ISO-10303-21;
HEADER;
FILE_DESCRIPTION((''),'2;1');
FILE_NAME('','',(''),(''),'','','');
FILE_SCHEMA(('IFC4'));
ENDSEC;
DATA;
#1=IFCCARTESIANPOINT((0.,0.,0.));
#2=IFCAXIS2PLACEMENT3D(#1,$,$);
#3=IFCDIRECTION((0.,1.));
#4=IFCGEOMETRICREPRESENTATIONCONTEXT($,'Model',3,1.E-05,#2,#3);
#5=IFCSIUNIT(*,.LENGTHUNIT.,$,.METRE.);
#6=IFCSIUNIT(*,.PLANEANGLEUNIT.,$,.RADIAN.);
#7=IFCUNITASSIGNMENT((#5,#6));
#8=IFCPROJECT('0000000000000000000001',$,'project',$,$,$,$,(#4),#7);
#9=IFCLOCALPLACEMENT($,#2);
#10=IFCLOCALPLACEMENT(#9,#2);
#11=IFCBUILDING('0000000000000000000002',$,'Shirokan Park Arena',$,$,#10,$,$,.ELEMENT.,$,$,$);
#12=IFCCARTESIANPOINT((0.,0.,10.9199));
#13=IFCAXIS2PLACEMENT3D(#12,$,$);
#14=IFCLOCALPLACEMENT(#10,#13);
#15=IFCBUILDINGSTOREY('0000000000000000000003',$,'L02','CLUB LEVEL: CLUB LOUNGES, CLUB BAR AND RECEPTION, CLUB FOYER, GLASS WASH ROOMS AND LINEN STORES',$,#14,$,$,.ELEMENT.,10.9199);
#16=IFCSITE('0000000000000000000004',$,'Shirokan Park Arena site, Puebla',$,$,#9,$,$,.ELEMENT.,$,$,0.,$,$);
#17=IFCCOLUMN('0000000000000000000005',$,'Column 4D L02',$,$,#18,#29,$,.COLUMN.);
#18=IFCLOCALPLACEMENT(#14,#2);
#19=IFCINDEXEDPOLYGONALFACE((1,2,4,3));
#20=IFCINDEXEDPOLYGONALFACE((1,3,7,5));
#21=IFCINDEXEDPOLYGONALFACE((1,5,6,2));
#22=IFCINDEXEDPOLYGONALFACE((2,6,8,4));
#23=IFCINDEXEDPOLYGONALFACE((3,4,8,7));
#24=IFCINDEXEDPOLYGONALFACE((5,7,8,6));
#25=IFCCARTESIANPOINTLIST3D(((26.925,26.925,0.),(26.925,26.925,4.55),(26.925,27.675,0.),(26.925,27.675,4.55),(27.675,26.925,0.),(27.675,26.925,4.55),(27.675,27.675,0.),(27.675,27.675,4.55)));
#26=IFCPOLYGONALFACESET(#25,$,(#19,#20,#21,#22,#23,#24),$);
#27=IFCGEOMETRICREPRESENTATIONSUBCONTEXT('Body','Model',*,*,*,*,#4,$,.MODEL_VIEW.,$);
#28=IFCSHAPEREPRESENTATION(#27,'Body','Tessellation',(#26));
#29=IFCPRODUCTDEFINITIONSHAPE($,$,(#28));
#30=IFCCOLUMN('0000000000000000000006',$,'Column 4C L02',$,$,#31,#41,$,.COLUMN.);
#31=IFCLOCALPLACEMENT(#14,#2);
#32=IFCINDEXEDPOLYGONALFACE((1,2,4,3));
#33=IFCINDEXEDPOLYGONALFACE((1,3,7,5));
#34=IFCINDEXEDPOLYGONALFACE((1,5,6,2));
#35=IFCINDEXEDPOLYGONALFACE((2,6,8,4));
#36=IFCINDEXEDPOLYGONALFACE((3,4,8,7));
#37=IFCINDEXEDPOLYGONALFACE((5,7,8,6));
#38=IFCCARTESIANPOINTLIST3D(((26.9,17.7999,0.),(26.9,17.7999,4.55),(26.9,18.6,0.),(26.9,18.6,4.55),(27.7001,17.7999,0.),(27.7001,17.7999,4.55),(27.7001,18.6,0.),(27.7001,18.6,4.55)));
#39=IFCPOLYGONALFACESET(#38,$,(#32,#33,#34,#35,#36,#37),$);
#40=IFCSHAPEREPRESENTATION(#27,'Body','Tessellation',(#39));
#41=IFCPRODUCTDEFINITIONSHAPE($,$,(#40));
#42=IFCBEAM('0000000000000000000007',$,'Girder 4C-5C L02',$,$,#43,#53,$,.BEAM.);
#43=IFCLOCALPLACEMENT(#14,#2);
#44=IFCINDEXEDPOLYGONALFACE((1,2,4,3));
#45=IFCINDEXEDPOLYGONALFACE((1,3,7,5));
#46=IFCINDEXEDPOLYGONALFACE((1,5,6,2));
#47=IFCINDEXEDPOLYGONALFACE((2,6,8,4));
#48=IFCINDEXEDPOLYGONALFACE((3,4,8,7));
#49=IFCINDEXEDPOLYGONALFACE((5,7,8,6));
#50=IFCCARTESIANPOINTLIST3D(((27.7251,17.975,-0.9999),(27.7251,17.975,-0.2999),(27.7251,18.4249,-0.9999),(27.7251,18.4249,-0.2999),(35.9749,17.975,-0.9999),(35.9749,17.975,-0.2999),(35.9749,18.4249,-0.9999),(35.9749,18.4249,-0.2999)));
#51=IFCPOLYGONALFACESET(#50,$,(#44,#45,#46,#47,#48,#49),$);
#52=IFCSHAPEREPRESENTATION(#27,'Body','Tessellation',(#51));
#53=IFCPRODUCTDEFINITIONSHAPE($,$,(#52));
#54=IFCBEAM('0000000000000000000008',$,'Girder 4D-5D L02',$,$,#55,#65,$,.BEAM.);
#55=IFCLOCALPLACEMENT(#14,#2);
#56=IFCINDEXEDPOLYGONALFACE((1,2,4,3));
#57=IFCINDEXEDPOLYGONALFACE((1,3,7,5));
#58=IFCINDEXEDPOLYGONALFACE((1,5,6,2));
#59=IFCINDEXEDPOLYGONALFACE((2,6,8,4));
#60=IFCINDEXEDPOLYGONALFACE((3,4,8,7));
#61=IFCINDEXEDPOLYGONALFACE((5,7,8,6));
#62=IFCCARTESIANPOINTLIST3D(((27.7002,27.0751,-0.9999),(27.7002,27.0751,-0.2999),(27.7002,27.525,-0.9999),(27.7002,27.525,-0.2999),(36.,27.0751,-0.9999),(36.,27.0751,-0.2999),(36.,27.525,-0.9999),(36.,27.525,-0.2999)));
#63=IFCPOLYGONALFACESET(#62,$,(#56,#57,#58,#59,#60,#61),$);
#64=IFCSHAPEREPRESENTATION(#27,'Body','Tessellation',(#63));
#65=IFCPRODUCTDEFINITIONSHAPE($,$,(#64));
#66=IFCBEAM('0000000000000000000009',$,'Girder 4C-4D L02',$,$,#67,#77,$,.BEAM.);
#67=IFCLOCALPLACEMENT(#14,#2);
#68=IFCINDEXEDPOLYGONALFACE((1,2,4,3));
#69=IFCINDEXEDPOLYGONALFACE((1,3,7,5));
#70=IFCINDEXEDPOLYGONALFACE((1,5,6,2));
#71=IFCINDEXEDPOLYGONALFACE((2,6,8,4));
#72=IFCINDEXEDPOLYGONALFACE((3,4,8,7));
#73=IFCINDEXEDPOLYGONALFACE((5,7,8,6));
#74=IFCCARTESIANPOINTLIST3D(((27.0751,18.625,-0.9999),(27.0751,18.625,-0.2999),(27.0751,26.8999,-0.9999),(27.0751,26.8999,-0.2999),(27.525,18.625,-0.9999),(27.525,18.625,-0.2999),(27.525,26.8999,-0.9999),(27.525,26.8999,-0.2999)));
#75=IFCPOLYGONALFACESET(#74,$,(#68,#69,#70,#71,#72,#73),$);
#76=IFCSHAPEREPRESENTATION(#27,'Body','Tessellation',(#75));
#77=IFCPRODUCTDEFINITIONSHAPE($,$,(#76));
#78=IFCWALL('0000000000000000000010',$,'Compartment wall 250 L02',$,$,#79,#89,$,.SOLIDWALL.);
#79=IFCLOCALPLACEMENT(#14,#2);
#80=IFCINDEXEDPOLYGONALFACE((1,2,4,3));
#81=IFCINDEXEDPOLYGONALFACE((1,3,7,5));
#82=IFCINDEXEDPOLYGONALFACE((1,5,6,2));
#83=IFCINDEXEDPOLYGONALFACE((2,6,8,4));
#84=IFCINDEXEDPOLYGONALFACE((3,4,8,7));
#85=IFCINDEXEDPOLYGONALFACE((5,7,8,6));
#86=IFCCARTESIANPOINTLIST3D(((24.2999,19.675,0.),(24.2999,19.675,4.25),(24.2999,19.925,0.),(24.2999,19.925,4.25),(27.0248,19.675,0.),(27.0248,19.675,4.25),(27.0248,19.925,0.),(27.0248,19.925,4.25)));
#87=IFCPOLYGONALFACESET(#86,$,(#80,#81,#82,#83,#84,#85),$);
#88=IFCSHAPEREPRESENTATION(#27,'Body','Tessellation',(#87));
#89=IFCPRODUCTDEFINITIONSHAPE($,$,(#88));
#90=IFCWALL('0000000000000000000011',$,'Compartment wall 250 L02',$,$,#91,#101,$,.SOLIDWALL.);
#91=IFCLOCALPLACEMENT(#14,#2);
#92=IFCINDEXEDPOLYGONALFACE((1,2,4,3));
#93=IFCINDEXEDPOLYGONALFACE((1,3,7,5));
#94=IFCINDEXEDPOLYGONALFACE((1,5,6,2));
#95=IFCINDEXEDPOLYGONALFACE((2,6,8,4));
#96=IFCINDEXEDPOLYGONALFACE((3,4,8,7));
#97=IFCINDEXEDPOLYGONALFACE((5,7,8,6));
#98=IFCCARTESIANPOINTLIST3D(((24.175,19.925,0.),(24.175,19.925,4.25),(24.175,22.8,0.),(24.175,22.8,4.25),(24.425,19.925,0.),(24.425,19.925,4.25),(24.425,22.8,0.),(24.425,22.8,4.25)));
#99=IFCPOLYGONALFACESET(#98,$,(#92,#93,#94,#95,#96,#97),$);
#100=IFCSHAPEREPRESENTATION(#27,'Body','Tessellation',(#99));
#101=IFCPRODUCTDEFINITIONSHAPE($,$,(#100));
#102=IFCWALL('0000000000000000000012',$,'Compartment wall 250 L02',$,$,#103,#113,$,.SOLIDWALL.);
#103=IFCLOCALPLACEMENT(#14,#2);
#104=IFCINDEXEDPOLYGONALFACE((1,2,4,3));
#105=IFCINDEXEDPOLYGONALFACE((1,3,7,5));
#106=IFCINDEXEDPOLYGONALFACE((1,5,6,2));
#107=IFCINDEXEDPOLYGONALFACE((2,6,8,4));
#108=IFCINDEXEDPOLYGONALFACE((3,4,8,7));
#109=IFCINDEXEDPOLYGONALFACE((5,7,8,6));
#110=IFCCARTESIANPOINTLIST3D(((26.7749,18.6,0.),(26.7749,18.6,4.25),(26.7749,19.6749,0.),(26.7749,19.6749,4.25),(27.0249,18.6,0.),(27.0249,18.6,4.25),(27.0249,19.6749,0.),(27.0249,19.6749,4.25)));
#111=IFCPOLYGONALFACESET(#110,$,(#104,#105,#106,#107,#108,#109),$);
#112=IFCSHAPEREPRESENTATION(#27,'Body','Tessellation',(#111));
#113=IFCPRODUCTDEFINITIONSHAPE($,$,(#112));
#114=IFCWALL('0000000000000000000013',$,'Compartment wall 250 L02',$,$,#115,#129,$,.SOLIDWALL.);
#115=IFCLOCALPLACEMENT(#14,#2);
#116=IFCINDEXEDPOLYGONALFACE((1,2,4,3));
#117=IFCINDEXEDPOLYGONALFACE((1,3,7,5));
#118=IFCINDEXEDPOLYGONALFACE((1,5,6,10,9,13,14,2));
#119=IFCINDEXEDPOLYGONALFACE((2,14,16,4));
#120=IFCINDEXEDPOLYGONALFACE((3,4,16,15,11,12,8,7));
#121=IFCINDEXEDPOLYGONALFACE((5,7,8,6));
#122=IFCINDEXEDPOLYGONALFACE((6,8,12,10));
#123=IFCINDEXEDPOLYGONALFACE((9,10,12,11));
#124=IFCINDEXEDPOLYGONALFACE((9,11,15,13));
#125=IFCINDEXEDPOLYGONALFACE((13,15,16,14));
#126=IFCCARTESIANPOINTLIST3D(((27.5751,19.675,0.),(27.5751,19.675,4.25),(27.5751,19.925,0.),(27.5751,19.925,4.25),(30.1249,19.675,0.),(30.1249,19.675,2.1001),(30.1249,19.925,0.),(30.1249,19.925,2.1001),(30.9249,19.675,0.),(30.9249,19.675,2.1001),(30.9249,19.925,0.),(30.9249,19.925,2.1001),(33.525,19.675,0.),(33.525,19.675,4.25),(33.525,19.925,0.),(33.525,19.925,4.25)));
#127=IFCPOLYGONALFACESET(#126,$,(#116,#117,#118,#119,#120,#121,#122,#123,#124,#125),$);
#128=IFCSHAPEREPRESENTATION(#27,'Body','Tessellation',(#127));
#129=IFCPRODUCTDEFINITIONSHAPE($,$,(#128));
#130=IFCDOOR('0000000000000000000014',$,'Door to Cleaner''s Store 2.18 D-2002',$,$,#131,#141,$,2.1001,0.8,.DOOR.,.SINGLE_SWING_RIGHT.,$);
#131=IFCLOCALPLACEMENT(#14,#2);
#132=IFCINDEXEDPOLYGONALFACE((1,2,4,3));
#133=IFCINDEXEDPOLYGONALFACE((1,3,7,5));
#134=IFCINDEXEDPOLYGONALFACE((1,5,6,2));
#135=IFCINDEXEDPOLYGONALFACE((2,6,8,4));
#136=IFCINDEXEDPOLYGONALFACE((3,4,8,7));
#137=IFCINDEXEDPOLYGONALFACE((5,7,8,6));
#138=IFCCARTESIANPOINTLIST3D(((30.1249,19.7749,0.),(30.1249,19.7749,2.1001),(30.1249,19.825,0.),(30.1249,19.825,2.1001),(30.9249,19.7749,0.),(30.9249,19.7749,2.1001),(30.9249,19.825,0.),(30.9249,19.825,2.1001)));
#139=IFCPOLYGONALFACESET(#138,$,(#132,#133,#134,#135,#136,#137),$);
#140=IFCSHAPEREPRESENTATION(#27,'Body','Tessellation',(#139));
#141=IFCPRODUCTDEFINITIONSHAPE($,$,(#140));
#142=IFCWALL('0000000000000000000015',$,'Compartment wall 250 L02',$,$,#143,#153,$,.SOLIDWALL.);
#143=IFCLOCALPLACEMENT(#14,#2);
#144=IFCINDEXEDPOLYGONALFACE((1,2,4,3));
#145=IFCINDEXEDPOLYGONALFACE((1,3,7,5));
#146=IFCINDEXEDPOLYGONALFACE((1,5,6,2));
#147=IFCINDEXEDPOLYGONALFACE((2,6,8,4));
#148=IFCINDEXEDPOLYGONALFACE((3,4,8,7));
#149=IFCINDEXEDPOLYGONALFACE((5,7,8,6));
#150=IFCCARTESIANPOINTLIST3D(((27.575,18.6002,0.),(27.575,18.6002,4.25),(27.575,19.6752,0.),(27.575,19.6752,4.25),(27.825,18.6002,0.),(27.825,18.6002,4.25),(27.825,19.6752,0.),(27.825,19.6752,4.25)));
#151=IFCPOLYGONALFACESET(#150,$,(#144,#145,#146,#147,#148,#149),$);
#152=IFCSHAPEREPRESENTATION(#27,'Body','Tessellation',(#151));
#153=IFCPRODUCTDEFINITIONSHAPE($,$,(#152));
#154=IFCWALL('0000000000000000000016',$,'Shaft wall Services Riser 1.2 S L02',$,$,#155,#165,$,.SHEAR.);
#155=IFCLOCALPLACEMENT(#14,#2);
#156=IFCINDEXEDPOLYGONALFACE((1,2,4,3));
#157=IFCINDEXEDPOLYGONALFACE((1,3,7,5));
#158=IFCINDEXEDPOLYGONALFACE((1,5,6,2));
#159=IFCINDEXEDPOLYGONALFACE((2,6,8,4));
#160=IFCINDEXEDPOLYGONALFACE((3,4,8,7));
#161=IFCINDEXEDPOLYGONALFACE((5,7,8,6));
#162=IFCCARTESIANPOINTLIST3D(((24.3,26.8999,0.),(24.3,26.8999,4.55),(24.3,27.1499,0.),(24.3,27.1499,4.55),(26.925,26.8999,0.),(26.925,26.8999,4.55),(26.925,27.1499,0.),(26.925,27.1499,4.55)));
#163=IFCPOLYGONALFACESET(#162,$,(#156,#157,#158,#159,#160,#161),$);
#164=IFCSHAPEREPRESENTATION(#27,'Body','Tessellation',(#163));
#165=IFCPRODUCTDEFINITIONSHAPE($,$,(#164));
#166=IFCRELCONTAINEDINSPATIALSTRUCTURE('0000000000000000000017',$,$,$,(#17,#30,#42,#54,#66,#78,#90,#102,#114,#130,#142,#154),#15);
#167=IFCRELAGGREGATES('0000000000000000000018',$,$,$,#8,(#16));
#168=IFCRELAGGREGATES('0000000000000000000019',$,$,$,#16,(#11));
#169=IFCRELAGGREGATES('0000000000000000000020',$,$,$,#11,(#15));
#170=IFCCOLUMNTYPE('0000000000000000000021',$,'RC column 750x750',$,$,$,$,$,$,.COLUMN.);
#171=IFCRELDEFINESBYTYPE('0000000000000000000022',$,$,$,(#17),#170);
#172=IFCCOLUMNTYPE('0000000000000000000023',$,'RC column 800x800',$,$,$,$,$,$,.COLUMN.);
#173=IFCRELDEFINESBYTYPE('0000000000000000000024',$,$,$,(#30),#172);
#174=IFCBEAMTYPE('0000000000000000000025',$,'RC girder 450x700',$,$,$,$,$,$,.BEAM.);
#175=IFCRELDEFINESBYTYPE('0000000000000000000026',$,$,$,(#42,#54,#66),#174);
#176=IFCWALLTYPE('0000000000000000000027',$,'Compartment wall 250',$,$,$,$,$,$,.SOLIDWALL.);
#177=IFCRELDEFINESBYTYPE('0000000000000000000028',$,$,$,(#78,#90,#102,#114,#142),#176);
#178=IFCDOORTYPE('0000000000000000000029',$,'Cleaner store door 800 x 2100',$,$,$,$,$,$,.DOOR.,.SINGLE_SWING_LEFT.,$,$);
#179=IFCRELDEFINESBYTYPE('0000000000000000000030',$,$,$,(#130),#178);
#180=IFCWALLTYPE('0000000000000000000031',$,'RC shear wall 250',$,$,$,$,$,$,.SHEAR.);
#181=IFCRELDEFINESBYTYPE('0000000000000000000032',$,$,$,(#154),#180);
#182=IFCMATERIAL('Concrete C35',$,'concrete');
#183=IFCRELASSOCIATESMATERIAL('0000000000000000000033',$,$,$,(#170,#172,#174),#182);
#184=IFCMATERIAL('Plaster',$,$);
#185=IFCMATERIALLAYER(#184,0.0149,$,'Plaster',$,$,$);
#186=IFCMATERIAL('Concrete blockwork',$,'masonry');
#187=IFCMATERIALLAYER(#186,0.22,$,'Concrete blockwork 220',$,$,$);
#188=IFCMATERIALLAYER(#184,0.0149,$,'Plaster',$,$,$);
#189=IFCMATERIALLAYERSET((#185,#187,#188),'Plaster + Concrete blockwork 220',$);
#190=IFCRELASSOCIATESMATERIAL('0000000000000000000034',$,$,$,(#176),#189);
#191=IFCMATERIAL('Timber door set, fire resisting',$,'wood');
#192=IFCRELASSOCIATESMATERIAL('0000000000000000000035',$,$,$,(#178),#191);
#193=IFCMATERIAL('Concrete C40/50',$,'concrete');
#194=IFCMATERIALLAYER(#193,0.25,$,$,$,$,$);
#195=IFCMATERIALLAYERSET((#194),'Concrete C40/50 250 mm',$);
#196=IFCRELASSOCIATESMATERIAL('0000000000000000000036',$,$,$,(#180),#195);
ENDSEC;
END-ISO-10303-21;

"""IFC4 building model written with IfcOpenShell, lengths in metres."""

from ifc_helpers import new_model, si_unit, direction, frame, frame_2d, origin, origin_2d, place, context, subcontext, project, spatial, rectangle, extrude, material, layer, layer_set, material_profile, profile_set, type_object, element, fill, save


model = new_model("IFC4")

# Units and contexts
model_context = context("Model", 3, precision=1e-05, world=origin(), true_north=direction((0.0, 1.0)))
body_context = subcontext(model_context, "Body", "Model", "MODEL_VIEW")
ifc_project = project(units=[si_unit("LENGTHUNIT", "METRE"), si_unit("PLANEANGLEUNIT", "RADIAN")], contexts=[model_context])

# Site, building, storey
site_placement = place(None, origin())
site = spatial("IfcSite", under=ifc_project, at=site_placement, Name="Shirokan Park Arena site, Puebla", CompositionType="ELEMENT", RefElevation=0.0)
building_placement = place(site_placement, origin())
building = spatial("IfcBuilding", under=site, at=building_placement, Name="Shirokan Park Arena", CompositionType="ELEMENT")
storey_placement = place(building_placement, frame((0.0, 0.0, 10.9199)))
storey = spatial("IfcBuildingStorey", under=building, at=storey_placement, Name="L02", Description="CLUB LEVEL: CLUB LOUNGES, CLUB BAR AND RECEPTION, CLUB FOYER, GLASS WASH ROOMS AND LINEN STORES", CompositionType="ELEMENT", Elevation=10.9199)

# Columns
ifc_material_1 = material(Name="Concrete C35", Category="concrete")
ifc_material_profile_1 = material_profile(ifc_material_1, rectangle(XDim=0.75, YDim=0.75, at=origin_2d()), Name="750x750")
ifc_profile_set_1 = profile_set([ifc_material_profile_1], Name="Concrete C35")
column_type_1 = type_object("IfcColumnType", Name="RC column 750x750", PredefinedType="COLUMN", material=ifc_profile_set_1)
column_1_placement = place(storey_placement, frame((27.3, 27.3, 0.0), z_axis=(0.0, 0.0, 1.0), x_axis=(1.0, 0.0, 0.0)))
element("IfcColumn", 1, at=column_1_placement, inside=storey, type_object=column_type_1, Name="Column 4D L02", PredefinedType="COLUMN", context=body_context, shape_type="SweptSolid", body=[
    extrude(rectangle(XDim=0.75, YDim=0.75, at=origin_2d()), origin(), (0.0, 0.0, 1.0), 4.55),
])
ifc_material_profile_2 = material_profile(ifc_material_1, rectangle(XDim=0.8, YDim=0.8, at=origin_2d()), Name="800x800")
ifc_profile_set_2 = profile_set([ifc_material_profile_2], Name="Concrete C35")
column_type_2 = type_object("IfcColumnType", Name="RC column 800x800", PredefinedType="COLUMN", material=ifc_profile_set_2)
column_2_placement = place(storey_placement, frame((27.3, 18.2, 0.0), z_axis=(0.0, 0.0, 1.0), x_axis=(1.0, 0.0, 0.0)))
element("IfcColumn", 2, at=column_2_placement, inside=storey, type_object=column_type_2, Name="Column 4C L02", PredefinedType="COLUMN", context=body_context, shape_type="SweptSolid", body=[
    extrude(rectangle(XDim=0.8, YDim=0.8, at=origin_2d()), origin(), (0.0, 0.0, 1.0), 4.55),
])

# Beams
ifc_material_profile_3 = material_profile(ifc_material_1, rectangle(XDim=0.45, YDim=0.7, at=origin_2d()), Name="450x700")
ifc_profile_set_3 = profile_set([ifc_material_profile_3], Name="Concrete C35")
beam_type = type_object("IfcBeamType", Name="RC girder 450x700", PredefinedType="BEAM", material=ifc_profile_set_3)
beam_1_placement = place(storey_placement, frame((27.7251, 18.2, -0.6499), z_axis=(1.0, 0.0, 0.0), x_axis=(0.0, 1.0, 0.0)))
element("IfcBeam", 3, at=beam_1_placement, inside=storey, type_object=beam_type, Name="Girder 4C-5C L02", PredefinedType="BEAM", context=body_context, shape_type="SweptSolid", body=[
    extrude(rectangle(XDim=0.45, YDim=0.7, at=origin_2d()), origin(), (0.0, 0.0, 1.0), 8.2498),
])
beam_2_placement = place(storey_placement, frame((27.7002, 27.3, -0.6499), z_axis=(1.0, 0.0, 0.0), x_axis=(0.0, 1.0, 0.0)))
element("IfcBeam", 4, at=beam_2_placement, inside=storey, type_object=beam_type, Name="Girder 4D-5D L02", PredefinedType="BEAM", context=body_context, shape_type="SweptSolid", body=[
    extrude(rectangle(XDim=0.45, YDim=0.7, at=origin_2d()), origin(), (0.0, 0.0, 1.0), 8.2998),
])
beam_3_placement = place(storey_placement, frame((27.3, 18.625, -0.6499), z_axis=(0.0, 1.0, 0.0), x_axis=(-1.0, 0.0, 0.0)))
element("IfcBeam", 5, at=beam_3_placement, inside=storey, type_object=beam_type, Name="Girder 4C-4D L02", PredefinedType="BEAM", context=body_context, shape_type="SweptSolid", body=[
    extrude(rectangle(XDim=0.45, YDim=0.7, at=origin_2d()), origin(), (0.0, 0.0, 1.0), 8.2749),
])

# Walls
ifc_material_2 = material(Name="Plaster")
ifc_layer_1 = layer(ifc_material_2, 0.0149, Name="Plaster")
ifc_material_3 = material(Name="Concrete blockwork", Category="masonry")
ifc_layer_2 = layer(ifc_material_3, 0.22, Name="Concrete blockwork 220")
ifc_layer_3 = layer(ifc_material_2, 0.0149, Name="Plaster")
ifc_layer_set_1 = layer_set([ifc_layer_1, ifc_layer_2, ifc_layer_3], Name="Plaster + Concrete blockwork 220")
wall_type_1 = type_object("IfcWallType", Name="Compartment wall 250", PredefinedType="SOLIDWALL", material=ifc_layer_set_1)
wall_1_placement = place(storey_placement, frame((24.3, 19.8, 0.0), z_axis=(0.0, 0.0, 1.0), x_axis=(1.0, 0.0, 0.0)))
element("IfcWall", 6, at=wall_1_placement, inside=storey, type_object=wall_type_1, Name="Compartment wall 250 L02", PredefinedType="SOLIDWALL", context=body_context, shape_type="SweptSolid", body=[
    extrude(rectangle(XDim=2.7249, YDim=0.25, at=frame_2d((1.3623, 0.0))), origin(), (0.0, 0.0, 1.0), 4.25),
])
wall_2_placement = place(storey_placement, frame((24.3, 19.925, 0.0), z_axis=(0.0, 0.0, 1.0), x_axis=(0.0, 1.0, 0.0)))
element("IfcWall", 7, at=wall_2_placement, inside=storey, type_object=wall_type_1, Name="Compartment wall 250 L02", PredefinedType="SOLIDWALL", context=body_context, shape_type="SweptSolid", body=[
    extrude(rectangle(XDim=2.875, YDim=0.25, at=frame_2d((1.4375, 0.0))), origin(), (0.0, 0.0, 1.0), 4.25),
])
wall_3_placement = place(storey_placement, frame((26.8999, 19.675, 0.0), z_axis=(0.0, 0.0, 1.0), x_axis=(0.0, -1.0, 0.0)))
element("IfcWall", 8, at=wall_3_placement, inside=storey, type_object=wall_type_1, Name="Compartment wall 250 L02", PredefinedType="SOLIDWALL", context=body_context, shape_type="SweptSolid", body=[
    extrude(rectangle(XDim=1.075, YDim=0.25, at=frame_2d((0.5376, 0.0))), origin(), (0.0, 0.0, 1.0), 4.25),
])

# Wall, opening, door
wall_4_placement = place(storey_placement, frame((27.575, 19.8, 0.0), z_axis=(0.0, 0.0, 1.0), x_axis=(1.0, 0.0, 0.0)))
wall_4 = element("IfcWall", 9, at=wall_4_placement, inside=storey, type_object=wall_type_1, Name="Compartment wall 250 L02", PredefinedType="SOLIDWALL", context=body_context, shape_type="SweptSolid", body=[
    extrude(rectangle(XDim=5.95, YDim=0.25, at=frame_2d((2.9751, 0.0))), origin(), (0.0, 0.0, 1.0), 4.25),
])
opening_1_placement = place(wall_4_placement, frame((2.55, 0.0, 0.0)))
opening_1 = element("IfcOpeningElement", 10, at=opening_1_placement, cuts=wall_4, PredefinedType="OPENING", context=body_context, shape_type="SweptSolid", body=[
    extrude(rectangle(XDim=0.8, YDim=2.1001, at=frame_2d((0.3999, 1.05))), frame((0.0, 0.135, 0.0), z_axis=(0.0, -1.0, 0.0), x_axis=(1.0, 0.0, 0.0)), (0.0, 0.0, 1.0), 0.27),
])
ifc_material_4 = material(Name="Timber door set, fire resisting", Category="wood")
door_type_1 = type_object("IfcDoorType", Name="Cleaner store door 800 x 2100", OperationType="SINGLE_SWING_LEFT", PredefinedType="DOOR", material=ifc_material_4)
door_1_placement = place(opening_1_placement, origin())
door_1 = element("IfcDoor", 11, at=door_1_placement, inside=storey, type_object=door_type_1, Name="Door to Cleaner's Store 2.18 D-2002", OperationType="SINGLE_SWING_RIGHT", OverallHeight=2.1001, OverallWidth=0.8, PredefinedType="DOOR", context=body_context, shape_type="SweptSolid", body=[
    extrude(rectangle(XDim=0.8, YDim=2.1001, at=frame_2d((0.3999, 1.05))), frame((0.0, 0.0249, 0.0), z_axis=(0.0, -1.0, 0.0), x_axis=(1.0, 0.0, 0.0)), (0.0, 0.0, 1.0), 0.05),
])
fill(opening_1, door_1)

# Walls
wall_5_placement = place(storey_placement, frame((27.7, 18.6001, 0.0), z_axis=(0.0, 0.0, 1.0), x_axis=(0.0, 1.0, 0.0)))
element("IfcWall", 12, at=wall_5_placement, inside=storey, type_object=wall_type_1, Name="Compartment wall 250 L02", PredefinedType="SOLIDWALL", context=body_context, shape_type="SweptSolid", body=[
    extrude(rectangle(XDim=1.075, YDim=0.25, at=frame_2d((0.5376, 0.0))), origin(), (0.0, 0.0, 1.0), 4.25),
])
ifc_material_5 = material(Name="Concrete C40/50", Category="concrete")
ifc_layer_4 = layer(ifc_material_5, 0.25)
ifc_layer_set_2 = layer_set([ifc_layer_4], Name="Concrete C40/50 250 mm")
wall_type_2 = type_object("IfcWallType", Name="RC shear wall 250", PredefinedType="SHEAR", material=ifc_layer_set_2)
wall_6_placement = place(storey_placement, frame((26.925, 27.0249, 0.0), z_axis=(0.0, 0.0, 1.0), x_axis=(-1.0, 0.0, 0.0)))
element("IfcWall", 13, at=wall_6_placement, inside=storey, type_object=wall_type_2, Name="Shaft wall Services Riser 1.2 S L02", PredefinedType="SHEAR", context=body_context, shape_type="SweptSolid", body=[
    extrude(rectangle(XDim=2.625, YDim=0.25, at=frame_2d((1.3125, 0.0))), origin(), (0.0, 0.0, 1.0), 4.55),
])

save(model, "model.ifc")
